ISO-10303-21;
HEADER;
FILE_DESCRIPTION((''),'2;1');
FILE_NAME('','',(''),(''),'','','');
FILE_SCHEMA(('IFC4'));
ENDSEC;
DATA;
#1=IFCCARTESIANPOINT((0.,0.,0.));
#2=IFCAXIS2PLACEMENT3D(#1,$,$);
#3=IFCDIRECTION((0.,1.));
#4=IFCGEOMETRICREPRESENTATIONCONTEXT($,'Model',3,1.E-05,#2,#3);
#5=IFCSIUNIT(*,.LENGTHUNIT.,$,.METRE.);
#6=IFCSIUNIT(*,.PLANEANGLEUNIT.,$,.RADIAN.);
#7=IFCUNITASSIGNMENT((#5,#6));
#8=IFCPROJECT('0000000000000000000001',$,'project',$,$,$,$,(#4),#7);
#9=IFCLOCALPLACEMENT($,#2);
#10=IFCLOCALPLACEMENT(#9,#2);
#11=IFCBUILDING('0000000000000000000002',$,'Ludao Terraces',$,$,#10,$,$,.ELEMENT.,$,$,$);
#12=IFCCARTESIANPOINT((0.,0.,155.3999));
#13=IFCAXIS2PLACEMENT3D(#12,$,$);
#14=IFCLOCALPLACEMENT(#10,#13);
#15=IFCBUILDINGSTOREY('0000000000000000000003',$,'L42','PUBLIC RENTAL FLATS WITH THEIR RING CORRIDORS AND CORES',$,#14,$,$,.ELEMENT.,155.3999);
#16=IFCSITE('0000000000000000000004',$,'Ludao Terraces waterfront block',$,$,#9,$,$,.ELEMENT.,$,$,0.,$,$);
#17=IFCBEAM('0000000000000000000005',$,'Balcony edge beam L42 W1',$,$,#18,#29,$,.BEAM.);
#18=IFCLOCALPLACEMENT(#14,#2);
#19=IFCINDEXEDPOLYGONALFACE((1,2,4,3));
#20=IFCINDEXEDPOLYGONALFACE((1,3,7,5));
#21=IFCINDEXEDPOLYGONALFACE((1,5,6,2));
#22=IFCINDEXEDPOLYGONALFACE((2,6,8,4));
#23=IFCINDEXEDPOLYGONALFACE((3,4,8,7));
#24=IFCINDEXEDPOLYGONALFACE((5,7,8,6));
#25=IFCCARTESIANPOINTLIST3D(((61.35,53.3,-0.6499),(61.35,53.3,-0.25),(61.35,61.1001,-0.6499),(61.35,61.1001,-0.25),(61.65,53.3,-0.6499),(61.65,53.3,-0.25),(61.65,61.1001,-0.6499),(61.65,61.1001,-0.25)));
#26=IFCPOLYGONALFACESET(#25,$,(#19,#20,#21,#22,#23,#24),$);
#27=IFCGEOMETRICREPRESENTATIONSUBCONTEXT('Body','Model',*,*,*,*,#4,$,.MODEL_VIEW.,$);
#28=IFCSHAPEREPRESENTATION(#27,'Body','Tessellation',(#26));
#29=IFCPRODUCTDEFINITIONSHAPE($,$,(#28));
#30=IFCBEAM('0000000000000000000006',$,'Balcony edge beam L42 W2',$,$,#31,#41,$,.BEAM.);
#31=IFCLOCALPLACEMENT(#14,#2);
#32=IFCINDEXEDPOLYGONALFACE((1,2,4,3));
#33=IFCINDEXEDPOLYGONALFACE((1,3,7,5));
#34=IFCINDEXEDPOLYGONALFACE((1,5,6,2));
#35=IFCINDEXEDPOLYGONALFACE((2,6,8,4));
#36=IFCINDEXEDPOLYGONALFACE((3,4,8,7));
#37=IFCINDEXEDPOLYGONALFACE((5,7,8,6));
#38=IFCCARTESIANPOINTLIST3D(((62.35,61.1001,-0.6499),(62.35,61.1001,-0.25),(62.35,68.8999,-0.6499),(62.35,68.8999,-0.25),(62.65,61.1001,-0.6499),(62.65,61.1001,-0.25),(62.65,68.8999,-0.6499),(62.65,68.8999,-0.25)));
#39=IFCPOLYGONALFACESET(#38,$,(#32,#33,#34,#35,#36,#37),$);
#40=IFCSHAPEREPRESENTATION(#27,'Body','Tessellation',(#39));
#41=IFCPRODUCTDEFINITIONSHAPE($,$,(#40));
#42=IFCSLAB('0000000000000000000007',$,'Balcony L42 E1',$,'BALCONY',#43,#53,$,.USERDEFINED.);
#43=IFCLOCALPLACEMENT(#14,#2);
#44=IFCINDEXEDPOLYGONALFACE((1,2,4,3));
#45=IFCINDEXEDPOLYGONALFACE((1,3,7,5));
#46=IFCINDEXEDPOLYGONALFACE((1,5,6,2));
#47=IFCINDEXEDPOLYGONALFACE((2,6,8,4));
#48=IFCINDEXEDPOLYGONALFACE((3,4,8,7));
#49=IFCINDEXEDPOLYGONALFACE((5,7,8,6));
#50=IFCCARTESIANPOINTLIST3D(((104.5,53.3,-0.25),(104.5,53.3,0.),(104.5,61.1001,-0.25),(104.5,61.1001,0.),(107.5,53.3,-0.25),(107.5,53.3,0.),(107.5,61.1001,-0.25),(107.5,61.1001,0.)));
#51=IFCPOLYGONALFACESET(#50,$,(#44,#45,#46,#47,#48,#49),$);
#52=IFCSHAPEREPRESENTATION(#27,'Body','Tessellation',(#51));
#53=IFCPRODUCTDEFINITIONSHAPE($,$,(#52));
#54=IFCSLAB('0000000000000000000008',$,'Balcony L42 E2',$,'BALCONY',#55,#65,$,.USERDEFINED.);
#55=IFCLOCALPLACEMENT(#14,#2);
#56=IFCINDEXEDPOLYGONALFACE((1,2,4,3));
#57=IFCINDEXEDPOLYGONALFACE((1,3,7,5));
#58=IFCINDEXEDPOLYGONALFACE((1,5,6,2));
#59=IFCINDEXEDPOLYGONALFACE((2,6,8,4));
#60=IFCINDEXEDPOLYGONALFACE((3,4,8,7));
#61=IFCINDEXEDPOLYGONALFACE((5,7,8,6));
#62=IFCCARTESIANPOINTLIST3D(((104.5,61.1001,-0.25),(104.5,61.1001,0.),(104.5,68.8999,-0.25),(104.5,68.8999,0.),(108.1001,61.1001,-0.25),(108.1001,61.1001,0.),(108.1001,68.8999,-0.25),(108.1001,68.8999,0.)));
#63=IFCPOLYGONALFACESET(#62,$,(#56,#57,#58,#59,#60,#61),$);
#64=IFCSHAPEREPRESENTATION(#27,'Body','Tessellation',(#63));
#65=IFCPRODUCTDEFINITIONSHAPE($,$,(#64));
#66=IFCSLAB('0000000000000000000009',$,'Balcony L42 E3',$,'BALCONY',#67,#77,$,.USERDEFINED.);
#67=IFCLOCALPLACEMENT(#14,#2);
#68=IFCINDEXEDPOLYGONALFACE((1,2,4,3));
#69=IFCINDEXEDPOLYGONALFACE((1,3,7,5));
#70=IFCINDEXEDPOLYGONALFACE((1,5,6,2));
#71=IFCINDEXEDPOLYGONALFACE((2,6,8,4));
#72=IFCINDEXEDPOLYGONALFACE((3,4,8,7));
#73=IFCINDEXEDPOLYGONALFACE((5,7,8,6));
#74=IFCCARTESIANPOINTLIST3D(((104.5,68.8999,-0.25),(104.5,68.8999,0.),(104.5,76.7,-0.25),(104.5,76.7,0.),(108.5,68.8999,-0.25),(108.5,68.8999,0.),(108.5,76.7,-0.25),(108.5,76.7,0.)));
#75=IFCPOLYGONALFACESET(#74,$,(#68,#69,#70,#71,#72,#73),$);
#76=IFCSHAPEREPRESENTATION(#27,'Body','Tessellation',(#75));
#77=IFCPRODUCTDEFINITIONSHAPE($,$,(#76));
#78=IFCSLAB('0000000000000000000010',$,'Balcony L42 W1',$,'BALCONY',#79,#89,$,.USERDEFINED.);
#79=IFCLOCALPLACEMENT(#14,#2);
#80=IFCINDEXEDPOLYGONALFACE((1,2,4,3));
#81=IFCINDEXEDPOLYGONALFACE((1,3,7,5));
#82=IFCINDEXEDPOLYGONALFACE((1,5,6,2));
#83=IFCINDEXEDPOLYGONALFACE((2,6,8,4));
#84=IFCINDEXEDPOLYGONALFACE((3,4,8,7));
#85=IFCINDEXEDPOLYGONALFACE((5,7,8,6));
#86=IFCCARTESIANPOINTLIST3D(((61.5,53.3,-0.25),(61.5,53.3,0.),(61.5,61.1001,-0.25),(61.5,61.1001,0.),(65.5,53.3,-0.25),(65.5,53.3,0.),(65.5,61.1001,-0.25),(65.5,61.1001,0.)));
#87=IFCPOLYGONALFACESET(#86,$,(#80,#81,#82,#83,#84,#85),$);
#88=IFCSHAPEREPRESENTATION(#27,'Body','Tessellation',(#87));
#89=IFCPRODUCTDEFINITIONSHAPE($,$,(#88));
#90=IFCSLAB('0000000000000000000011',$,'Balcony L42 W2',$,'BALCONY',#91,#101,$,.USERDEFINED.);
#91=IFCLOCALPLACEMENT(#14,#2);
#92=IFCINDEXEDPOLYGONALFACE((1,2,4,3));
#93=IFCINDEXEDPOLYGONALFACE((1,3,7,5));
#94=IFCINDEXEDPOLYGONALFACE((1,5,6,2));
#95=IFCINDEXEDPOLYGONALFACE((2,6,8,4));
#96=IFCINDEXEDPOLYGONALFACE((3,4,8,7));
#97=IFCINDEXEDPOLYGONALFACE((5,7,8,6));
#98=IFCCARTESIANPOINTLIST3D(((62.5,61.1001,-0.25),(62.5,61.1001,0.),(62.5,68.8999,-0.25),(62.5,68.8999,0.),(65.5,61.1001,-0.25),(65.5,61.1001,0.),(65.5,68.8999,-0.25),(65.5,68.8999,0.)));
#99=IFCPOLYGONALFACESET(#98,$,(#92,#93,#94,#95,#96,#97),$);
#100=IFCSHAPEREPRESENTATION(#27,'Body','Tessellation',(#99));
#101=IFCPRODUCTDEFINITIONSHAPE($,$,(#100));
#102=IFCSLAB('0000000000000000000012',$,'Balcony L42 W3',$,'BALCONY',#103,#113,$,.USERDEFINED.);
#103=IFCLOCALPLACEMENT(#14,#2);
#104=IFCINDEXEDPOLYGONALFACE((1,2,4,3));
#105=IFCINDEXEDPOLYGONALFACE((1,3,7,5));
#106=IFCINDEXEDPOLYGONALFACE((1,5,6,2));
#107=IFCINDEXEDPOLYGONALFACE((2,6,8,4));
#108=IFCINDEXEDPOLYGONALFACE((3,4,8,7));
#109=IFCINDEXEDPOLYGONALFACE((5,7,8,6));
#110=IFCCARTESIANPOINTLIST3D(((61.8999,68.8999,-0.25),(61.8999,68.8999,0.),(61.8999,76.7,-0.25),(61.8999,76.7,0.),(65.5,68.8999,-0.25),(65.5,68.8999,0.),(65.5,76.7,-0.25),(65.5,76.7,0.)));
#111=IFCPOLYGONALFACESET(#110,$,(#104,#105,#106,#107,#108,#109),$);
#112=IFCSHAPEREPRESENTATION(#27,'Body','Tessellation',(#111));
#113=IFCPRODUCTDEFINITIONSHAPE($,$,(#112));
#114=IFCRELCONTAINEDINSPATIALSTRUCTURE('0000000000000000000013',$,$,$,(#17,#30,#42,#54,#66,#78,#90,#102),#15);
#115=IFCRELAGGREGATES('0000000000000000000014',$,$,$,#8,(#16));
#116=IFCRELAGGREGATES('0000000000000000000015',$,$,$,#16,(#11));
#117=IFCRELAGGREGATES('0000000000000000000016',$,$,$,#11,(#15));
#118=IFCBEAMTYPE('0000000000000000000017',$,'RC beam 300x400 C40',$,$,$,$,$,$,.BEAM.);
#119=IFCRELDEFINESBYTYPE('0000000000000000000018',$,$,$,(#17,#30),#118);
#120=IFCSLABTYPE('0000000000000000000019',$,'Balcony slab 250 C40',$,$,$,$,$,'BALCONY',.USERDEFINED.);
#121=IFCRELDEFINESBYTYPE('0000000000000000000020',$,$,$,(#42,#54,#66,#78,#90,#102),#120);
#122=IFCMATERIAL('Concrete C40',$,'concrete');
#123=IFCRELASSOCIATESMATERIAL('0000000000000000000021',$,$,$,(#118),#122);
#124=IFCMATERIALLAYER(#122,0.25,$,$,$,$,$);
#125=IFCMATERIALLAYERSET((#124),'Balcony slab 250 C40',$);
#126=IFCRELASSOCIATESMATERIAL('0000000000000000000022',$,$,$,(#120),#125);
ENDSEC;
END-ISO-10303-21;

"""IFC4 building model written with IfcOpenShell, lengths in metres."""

from ifc_helpers import new_model, si_unit, direction, frame, origin, origin_2d, place, context, subcontext, project, spatial, polyline, rectangle, outline, extrude, material, layer, layer_set, material_profile, profile_set, type_object, element, save


model = new_model("IFC4")

# Units and contexts
model_context = context("Model", 3, precision=1e-05, world=origin(), true_north=direction((0.0, 1.0)))
body_context = subcontext(model_context, "Body", "Model", "MODEL_VIEW")
ifc_project = project(units=[si_unit("LENGTHUNIT", "METRE"), si_unit("PLANEANGLEUNIT", "RADIAN")], contexts=[model_context])

# Site, building, storey
site_placement = place(None, origin())
site = spatial("IfcSite", under=ifc_project, at=site_placement, Name="Ludao Terraces waterfront block", CompositionType="ELEMENT", RefElevation=0.0)
building_placement = place(site_placement, origin())
building = spatial("IfcBuilding", under=site, at=building_placement, Name="Ludao Terraces", CompositionType="ELEMENT")
storey_placement = place(building_placement, frame((0.0, 0.0, 155.3999)))
storey = spatial("IfcBuildingStorey", under=building, at=storey_placement, Name="L42", Description="PUBLIC RENTAL FLATS WITH THEIR RING CORRIDORS AND CORES", CompositionType="ELEMENT", Elevation=155.3999)

# Beams
ifc_material_1 = material(Name="Concrete C40", Category="concrete")
ifc_material_profile = material_profile(ifc_material_1, rectangle(XDim=0.3, YDim=0.3999, at=origin_2d()), Name="300 X 400")
ifc_profile_set = profile_set([ifc_material_profile], Name="Concrete C40")
beam_type = type_object("IfcBeamType", Name="RC beam 300x400 C40", PredefinedType="BEAM", material=ifc_profile_set)
beam_1_placement = place(storey_placement, frame((61.5, 53.3, -0.45), z_axis=(0.0, 1.0, 0.0), x_axis=(-1.0, 0.0, 0.0)))
element("IfcBeam", 1, at=beam_1_placement, inside=storey, type_object=beam_type, Name="Balcony edge beam L42 W1", PredefinedType="BEAM", context=body_context, shape_type="SweptSolid", body=[
    extrude(rectangle(XDim=0.3, YDim=0.3999, at=origin_2d()), origin(), (0.0, 0.0, 1.0), 7.8),
])
beam_2_placement = place(storey_placement, frame((62.5, 61.1001, -0.45), z_axis=(0.0, 1.0, 0.0), x_axis=(-1.0, 0.0, 0.0)))
element("IfcBeam", 2, at=beam_2_placement, inside=storey, type_object=beam_type, Name="Balcony edge beam L42 W2", PredefinedType="BEAM", context=body_context, shape_type="SweptSolid", body=[
    extrude(rectangle(XDim=0.3, YDim=0.3999, at=origin_2d()), origin(), (0.0, 0.0, 1.0), 7.7998),
])

# Slabs
ifc_layer_1 = layer(ifc_material_1, 0.25)
ifc_layer_set_1 = layer_set([ifc_layer_1], Name="Balcony slab 250 C40")
slab_type_1 = type_object("IfcSlabType", Name="Balcony slab 250 C40", ElementType="BALCONY", PredefinedType="USERDEFINED", material=ifc_layer_set_1)
slab_1_placement = place(storey_placement, frame((0.0, 0.0, -0.25)))
element("IfcSlab", 3, at=slab_1_placement, inside=storey, type_object=slab_type_1, Name="Balcony L42 E1", ObjectType="BALCONY", PredefinedType="USERDEFINED", context=body_context, shape_type="SweptSolid", body=[
    extrude(outline(polyline([(104.5, 53.3), (107.5, 53.3), (107.5, 61.1001), (104.5, 61.1001), (104.5, 53.3)])), origin(), (0.0, 0.0, 1.0), 0.25),
])
slab_2_placement = place(storey_placement, frame((0.0, 0.0, -0.25)))
element("IfcSlab", 4, at=slab_2_placement, inside=storey, type_object=slab_type_1, Name="Balcony L42 E2", ObjectType="BALCONY", PredefinedType="USERDEFINED", context=body_context, shape_type="SweptSolid", body=[
    extrude(outline(polyline([(104.5, 61.1001), (108.1001, 61.1001), (108.1001, 68.8999), (104.5, 68.8999), (104.5, 61.1001)])), origin(), (0.0, 0.0, 1.0), 0.25),
])
slab_3_placement = place(storey_placement, frame((0.0, 0.0, -0.25)))
element("IfcSlab", 5, at=slab_3_placement, inside=storey, type_object=slab_type_1, Name="Balcony L42 E3", ObjectType="BALCONY", PredefinedType="USERDEFINED", context=body_context, shape_type="SweptSolid", body=[
    extrude(outline(polyline([(104.5, 68.8999), (108.5, 68.8999), (108.5, 76.7), (104.5, 76.7), (104.5, 68.8999)])), origin(), (0.0, 0.0, 1.0), 0.25),
])
slab_4_placement = place(storey_placement, frame((0.0, 0.0, -0.25)))
element("IfcSlab", 6, at=slab_4_placement, inside=storey, type_object=slab_type_1, Name="Balcony L42 W1", ObjectType="BALCONY", PredefinedType="USERDEFINED", context=body_context, shape_type="SweptSolid", body=[
    extrude(outline(polyline([(61.5, 53.3), (65.5, 53.3), (65.5, 61.1001), (61.5, 61.1001), (61.5, 53.3)])), origin(), (0.0, 0.0, 1.0), 0.25),
])
slab_5_placement = place(storey_placement, frame((0.0, 0.0, -0.25)))
element("IfcSlab", 7, at=slab_5_placement, inside=storey, type_object=slab_type_1, Name="Balcony L42 W2", ObjectType="BALCONY", PredefinedType="USERDEFINED", context=body_context, shape_type="SweptSolid", body=[
    extrude(outline(polyline([(62.5, 61.1001), (65.5, 61.1001), (65.5, 68.8999), (62.5, 68.8999), (62.5, 61.1001)])), origin(), (0.0, 0.0, 1.0), 0.25),
])
slab_6_placement = place(storey_placement, frame((0.0, 0.0, -0.25)))
element("IfcSlab", 8, at=slab_6_placement, inside=storey, type_object=slab_type_1, Name="Balcony L42 W3", ObjectType="BALCONY", PredefinedType="USERDEFINED", context=body_context, shape_type="SweptSolid", body=[
    extrude(outline(polyline([(61.8999, 68.8999), (65.5, 68.8999), (65.5, 76.7), (61.8999, 76.7), (61.8999, 68.8999)])), origin(), (0.0, 0.0, 1.0), 0.25),
])

save(model, "model.ifc")
